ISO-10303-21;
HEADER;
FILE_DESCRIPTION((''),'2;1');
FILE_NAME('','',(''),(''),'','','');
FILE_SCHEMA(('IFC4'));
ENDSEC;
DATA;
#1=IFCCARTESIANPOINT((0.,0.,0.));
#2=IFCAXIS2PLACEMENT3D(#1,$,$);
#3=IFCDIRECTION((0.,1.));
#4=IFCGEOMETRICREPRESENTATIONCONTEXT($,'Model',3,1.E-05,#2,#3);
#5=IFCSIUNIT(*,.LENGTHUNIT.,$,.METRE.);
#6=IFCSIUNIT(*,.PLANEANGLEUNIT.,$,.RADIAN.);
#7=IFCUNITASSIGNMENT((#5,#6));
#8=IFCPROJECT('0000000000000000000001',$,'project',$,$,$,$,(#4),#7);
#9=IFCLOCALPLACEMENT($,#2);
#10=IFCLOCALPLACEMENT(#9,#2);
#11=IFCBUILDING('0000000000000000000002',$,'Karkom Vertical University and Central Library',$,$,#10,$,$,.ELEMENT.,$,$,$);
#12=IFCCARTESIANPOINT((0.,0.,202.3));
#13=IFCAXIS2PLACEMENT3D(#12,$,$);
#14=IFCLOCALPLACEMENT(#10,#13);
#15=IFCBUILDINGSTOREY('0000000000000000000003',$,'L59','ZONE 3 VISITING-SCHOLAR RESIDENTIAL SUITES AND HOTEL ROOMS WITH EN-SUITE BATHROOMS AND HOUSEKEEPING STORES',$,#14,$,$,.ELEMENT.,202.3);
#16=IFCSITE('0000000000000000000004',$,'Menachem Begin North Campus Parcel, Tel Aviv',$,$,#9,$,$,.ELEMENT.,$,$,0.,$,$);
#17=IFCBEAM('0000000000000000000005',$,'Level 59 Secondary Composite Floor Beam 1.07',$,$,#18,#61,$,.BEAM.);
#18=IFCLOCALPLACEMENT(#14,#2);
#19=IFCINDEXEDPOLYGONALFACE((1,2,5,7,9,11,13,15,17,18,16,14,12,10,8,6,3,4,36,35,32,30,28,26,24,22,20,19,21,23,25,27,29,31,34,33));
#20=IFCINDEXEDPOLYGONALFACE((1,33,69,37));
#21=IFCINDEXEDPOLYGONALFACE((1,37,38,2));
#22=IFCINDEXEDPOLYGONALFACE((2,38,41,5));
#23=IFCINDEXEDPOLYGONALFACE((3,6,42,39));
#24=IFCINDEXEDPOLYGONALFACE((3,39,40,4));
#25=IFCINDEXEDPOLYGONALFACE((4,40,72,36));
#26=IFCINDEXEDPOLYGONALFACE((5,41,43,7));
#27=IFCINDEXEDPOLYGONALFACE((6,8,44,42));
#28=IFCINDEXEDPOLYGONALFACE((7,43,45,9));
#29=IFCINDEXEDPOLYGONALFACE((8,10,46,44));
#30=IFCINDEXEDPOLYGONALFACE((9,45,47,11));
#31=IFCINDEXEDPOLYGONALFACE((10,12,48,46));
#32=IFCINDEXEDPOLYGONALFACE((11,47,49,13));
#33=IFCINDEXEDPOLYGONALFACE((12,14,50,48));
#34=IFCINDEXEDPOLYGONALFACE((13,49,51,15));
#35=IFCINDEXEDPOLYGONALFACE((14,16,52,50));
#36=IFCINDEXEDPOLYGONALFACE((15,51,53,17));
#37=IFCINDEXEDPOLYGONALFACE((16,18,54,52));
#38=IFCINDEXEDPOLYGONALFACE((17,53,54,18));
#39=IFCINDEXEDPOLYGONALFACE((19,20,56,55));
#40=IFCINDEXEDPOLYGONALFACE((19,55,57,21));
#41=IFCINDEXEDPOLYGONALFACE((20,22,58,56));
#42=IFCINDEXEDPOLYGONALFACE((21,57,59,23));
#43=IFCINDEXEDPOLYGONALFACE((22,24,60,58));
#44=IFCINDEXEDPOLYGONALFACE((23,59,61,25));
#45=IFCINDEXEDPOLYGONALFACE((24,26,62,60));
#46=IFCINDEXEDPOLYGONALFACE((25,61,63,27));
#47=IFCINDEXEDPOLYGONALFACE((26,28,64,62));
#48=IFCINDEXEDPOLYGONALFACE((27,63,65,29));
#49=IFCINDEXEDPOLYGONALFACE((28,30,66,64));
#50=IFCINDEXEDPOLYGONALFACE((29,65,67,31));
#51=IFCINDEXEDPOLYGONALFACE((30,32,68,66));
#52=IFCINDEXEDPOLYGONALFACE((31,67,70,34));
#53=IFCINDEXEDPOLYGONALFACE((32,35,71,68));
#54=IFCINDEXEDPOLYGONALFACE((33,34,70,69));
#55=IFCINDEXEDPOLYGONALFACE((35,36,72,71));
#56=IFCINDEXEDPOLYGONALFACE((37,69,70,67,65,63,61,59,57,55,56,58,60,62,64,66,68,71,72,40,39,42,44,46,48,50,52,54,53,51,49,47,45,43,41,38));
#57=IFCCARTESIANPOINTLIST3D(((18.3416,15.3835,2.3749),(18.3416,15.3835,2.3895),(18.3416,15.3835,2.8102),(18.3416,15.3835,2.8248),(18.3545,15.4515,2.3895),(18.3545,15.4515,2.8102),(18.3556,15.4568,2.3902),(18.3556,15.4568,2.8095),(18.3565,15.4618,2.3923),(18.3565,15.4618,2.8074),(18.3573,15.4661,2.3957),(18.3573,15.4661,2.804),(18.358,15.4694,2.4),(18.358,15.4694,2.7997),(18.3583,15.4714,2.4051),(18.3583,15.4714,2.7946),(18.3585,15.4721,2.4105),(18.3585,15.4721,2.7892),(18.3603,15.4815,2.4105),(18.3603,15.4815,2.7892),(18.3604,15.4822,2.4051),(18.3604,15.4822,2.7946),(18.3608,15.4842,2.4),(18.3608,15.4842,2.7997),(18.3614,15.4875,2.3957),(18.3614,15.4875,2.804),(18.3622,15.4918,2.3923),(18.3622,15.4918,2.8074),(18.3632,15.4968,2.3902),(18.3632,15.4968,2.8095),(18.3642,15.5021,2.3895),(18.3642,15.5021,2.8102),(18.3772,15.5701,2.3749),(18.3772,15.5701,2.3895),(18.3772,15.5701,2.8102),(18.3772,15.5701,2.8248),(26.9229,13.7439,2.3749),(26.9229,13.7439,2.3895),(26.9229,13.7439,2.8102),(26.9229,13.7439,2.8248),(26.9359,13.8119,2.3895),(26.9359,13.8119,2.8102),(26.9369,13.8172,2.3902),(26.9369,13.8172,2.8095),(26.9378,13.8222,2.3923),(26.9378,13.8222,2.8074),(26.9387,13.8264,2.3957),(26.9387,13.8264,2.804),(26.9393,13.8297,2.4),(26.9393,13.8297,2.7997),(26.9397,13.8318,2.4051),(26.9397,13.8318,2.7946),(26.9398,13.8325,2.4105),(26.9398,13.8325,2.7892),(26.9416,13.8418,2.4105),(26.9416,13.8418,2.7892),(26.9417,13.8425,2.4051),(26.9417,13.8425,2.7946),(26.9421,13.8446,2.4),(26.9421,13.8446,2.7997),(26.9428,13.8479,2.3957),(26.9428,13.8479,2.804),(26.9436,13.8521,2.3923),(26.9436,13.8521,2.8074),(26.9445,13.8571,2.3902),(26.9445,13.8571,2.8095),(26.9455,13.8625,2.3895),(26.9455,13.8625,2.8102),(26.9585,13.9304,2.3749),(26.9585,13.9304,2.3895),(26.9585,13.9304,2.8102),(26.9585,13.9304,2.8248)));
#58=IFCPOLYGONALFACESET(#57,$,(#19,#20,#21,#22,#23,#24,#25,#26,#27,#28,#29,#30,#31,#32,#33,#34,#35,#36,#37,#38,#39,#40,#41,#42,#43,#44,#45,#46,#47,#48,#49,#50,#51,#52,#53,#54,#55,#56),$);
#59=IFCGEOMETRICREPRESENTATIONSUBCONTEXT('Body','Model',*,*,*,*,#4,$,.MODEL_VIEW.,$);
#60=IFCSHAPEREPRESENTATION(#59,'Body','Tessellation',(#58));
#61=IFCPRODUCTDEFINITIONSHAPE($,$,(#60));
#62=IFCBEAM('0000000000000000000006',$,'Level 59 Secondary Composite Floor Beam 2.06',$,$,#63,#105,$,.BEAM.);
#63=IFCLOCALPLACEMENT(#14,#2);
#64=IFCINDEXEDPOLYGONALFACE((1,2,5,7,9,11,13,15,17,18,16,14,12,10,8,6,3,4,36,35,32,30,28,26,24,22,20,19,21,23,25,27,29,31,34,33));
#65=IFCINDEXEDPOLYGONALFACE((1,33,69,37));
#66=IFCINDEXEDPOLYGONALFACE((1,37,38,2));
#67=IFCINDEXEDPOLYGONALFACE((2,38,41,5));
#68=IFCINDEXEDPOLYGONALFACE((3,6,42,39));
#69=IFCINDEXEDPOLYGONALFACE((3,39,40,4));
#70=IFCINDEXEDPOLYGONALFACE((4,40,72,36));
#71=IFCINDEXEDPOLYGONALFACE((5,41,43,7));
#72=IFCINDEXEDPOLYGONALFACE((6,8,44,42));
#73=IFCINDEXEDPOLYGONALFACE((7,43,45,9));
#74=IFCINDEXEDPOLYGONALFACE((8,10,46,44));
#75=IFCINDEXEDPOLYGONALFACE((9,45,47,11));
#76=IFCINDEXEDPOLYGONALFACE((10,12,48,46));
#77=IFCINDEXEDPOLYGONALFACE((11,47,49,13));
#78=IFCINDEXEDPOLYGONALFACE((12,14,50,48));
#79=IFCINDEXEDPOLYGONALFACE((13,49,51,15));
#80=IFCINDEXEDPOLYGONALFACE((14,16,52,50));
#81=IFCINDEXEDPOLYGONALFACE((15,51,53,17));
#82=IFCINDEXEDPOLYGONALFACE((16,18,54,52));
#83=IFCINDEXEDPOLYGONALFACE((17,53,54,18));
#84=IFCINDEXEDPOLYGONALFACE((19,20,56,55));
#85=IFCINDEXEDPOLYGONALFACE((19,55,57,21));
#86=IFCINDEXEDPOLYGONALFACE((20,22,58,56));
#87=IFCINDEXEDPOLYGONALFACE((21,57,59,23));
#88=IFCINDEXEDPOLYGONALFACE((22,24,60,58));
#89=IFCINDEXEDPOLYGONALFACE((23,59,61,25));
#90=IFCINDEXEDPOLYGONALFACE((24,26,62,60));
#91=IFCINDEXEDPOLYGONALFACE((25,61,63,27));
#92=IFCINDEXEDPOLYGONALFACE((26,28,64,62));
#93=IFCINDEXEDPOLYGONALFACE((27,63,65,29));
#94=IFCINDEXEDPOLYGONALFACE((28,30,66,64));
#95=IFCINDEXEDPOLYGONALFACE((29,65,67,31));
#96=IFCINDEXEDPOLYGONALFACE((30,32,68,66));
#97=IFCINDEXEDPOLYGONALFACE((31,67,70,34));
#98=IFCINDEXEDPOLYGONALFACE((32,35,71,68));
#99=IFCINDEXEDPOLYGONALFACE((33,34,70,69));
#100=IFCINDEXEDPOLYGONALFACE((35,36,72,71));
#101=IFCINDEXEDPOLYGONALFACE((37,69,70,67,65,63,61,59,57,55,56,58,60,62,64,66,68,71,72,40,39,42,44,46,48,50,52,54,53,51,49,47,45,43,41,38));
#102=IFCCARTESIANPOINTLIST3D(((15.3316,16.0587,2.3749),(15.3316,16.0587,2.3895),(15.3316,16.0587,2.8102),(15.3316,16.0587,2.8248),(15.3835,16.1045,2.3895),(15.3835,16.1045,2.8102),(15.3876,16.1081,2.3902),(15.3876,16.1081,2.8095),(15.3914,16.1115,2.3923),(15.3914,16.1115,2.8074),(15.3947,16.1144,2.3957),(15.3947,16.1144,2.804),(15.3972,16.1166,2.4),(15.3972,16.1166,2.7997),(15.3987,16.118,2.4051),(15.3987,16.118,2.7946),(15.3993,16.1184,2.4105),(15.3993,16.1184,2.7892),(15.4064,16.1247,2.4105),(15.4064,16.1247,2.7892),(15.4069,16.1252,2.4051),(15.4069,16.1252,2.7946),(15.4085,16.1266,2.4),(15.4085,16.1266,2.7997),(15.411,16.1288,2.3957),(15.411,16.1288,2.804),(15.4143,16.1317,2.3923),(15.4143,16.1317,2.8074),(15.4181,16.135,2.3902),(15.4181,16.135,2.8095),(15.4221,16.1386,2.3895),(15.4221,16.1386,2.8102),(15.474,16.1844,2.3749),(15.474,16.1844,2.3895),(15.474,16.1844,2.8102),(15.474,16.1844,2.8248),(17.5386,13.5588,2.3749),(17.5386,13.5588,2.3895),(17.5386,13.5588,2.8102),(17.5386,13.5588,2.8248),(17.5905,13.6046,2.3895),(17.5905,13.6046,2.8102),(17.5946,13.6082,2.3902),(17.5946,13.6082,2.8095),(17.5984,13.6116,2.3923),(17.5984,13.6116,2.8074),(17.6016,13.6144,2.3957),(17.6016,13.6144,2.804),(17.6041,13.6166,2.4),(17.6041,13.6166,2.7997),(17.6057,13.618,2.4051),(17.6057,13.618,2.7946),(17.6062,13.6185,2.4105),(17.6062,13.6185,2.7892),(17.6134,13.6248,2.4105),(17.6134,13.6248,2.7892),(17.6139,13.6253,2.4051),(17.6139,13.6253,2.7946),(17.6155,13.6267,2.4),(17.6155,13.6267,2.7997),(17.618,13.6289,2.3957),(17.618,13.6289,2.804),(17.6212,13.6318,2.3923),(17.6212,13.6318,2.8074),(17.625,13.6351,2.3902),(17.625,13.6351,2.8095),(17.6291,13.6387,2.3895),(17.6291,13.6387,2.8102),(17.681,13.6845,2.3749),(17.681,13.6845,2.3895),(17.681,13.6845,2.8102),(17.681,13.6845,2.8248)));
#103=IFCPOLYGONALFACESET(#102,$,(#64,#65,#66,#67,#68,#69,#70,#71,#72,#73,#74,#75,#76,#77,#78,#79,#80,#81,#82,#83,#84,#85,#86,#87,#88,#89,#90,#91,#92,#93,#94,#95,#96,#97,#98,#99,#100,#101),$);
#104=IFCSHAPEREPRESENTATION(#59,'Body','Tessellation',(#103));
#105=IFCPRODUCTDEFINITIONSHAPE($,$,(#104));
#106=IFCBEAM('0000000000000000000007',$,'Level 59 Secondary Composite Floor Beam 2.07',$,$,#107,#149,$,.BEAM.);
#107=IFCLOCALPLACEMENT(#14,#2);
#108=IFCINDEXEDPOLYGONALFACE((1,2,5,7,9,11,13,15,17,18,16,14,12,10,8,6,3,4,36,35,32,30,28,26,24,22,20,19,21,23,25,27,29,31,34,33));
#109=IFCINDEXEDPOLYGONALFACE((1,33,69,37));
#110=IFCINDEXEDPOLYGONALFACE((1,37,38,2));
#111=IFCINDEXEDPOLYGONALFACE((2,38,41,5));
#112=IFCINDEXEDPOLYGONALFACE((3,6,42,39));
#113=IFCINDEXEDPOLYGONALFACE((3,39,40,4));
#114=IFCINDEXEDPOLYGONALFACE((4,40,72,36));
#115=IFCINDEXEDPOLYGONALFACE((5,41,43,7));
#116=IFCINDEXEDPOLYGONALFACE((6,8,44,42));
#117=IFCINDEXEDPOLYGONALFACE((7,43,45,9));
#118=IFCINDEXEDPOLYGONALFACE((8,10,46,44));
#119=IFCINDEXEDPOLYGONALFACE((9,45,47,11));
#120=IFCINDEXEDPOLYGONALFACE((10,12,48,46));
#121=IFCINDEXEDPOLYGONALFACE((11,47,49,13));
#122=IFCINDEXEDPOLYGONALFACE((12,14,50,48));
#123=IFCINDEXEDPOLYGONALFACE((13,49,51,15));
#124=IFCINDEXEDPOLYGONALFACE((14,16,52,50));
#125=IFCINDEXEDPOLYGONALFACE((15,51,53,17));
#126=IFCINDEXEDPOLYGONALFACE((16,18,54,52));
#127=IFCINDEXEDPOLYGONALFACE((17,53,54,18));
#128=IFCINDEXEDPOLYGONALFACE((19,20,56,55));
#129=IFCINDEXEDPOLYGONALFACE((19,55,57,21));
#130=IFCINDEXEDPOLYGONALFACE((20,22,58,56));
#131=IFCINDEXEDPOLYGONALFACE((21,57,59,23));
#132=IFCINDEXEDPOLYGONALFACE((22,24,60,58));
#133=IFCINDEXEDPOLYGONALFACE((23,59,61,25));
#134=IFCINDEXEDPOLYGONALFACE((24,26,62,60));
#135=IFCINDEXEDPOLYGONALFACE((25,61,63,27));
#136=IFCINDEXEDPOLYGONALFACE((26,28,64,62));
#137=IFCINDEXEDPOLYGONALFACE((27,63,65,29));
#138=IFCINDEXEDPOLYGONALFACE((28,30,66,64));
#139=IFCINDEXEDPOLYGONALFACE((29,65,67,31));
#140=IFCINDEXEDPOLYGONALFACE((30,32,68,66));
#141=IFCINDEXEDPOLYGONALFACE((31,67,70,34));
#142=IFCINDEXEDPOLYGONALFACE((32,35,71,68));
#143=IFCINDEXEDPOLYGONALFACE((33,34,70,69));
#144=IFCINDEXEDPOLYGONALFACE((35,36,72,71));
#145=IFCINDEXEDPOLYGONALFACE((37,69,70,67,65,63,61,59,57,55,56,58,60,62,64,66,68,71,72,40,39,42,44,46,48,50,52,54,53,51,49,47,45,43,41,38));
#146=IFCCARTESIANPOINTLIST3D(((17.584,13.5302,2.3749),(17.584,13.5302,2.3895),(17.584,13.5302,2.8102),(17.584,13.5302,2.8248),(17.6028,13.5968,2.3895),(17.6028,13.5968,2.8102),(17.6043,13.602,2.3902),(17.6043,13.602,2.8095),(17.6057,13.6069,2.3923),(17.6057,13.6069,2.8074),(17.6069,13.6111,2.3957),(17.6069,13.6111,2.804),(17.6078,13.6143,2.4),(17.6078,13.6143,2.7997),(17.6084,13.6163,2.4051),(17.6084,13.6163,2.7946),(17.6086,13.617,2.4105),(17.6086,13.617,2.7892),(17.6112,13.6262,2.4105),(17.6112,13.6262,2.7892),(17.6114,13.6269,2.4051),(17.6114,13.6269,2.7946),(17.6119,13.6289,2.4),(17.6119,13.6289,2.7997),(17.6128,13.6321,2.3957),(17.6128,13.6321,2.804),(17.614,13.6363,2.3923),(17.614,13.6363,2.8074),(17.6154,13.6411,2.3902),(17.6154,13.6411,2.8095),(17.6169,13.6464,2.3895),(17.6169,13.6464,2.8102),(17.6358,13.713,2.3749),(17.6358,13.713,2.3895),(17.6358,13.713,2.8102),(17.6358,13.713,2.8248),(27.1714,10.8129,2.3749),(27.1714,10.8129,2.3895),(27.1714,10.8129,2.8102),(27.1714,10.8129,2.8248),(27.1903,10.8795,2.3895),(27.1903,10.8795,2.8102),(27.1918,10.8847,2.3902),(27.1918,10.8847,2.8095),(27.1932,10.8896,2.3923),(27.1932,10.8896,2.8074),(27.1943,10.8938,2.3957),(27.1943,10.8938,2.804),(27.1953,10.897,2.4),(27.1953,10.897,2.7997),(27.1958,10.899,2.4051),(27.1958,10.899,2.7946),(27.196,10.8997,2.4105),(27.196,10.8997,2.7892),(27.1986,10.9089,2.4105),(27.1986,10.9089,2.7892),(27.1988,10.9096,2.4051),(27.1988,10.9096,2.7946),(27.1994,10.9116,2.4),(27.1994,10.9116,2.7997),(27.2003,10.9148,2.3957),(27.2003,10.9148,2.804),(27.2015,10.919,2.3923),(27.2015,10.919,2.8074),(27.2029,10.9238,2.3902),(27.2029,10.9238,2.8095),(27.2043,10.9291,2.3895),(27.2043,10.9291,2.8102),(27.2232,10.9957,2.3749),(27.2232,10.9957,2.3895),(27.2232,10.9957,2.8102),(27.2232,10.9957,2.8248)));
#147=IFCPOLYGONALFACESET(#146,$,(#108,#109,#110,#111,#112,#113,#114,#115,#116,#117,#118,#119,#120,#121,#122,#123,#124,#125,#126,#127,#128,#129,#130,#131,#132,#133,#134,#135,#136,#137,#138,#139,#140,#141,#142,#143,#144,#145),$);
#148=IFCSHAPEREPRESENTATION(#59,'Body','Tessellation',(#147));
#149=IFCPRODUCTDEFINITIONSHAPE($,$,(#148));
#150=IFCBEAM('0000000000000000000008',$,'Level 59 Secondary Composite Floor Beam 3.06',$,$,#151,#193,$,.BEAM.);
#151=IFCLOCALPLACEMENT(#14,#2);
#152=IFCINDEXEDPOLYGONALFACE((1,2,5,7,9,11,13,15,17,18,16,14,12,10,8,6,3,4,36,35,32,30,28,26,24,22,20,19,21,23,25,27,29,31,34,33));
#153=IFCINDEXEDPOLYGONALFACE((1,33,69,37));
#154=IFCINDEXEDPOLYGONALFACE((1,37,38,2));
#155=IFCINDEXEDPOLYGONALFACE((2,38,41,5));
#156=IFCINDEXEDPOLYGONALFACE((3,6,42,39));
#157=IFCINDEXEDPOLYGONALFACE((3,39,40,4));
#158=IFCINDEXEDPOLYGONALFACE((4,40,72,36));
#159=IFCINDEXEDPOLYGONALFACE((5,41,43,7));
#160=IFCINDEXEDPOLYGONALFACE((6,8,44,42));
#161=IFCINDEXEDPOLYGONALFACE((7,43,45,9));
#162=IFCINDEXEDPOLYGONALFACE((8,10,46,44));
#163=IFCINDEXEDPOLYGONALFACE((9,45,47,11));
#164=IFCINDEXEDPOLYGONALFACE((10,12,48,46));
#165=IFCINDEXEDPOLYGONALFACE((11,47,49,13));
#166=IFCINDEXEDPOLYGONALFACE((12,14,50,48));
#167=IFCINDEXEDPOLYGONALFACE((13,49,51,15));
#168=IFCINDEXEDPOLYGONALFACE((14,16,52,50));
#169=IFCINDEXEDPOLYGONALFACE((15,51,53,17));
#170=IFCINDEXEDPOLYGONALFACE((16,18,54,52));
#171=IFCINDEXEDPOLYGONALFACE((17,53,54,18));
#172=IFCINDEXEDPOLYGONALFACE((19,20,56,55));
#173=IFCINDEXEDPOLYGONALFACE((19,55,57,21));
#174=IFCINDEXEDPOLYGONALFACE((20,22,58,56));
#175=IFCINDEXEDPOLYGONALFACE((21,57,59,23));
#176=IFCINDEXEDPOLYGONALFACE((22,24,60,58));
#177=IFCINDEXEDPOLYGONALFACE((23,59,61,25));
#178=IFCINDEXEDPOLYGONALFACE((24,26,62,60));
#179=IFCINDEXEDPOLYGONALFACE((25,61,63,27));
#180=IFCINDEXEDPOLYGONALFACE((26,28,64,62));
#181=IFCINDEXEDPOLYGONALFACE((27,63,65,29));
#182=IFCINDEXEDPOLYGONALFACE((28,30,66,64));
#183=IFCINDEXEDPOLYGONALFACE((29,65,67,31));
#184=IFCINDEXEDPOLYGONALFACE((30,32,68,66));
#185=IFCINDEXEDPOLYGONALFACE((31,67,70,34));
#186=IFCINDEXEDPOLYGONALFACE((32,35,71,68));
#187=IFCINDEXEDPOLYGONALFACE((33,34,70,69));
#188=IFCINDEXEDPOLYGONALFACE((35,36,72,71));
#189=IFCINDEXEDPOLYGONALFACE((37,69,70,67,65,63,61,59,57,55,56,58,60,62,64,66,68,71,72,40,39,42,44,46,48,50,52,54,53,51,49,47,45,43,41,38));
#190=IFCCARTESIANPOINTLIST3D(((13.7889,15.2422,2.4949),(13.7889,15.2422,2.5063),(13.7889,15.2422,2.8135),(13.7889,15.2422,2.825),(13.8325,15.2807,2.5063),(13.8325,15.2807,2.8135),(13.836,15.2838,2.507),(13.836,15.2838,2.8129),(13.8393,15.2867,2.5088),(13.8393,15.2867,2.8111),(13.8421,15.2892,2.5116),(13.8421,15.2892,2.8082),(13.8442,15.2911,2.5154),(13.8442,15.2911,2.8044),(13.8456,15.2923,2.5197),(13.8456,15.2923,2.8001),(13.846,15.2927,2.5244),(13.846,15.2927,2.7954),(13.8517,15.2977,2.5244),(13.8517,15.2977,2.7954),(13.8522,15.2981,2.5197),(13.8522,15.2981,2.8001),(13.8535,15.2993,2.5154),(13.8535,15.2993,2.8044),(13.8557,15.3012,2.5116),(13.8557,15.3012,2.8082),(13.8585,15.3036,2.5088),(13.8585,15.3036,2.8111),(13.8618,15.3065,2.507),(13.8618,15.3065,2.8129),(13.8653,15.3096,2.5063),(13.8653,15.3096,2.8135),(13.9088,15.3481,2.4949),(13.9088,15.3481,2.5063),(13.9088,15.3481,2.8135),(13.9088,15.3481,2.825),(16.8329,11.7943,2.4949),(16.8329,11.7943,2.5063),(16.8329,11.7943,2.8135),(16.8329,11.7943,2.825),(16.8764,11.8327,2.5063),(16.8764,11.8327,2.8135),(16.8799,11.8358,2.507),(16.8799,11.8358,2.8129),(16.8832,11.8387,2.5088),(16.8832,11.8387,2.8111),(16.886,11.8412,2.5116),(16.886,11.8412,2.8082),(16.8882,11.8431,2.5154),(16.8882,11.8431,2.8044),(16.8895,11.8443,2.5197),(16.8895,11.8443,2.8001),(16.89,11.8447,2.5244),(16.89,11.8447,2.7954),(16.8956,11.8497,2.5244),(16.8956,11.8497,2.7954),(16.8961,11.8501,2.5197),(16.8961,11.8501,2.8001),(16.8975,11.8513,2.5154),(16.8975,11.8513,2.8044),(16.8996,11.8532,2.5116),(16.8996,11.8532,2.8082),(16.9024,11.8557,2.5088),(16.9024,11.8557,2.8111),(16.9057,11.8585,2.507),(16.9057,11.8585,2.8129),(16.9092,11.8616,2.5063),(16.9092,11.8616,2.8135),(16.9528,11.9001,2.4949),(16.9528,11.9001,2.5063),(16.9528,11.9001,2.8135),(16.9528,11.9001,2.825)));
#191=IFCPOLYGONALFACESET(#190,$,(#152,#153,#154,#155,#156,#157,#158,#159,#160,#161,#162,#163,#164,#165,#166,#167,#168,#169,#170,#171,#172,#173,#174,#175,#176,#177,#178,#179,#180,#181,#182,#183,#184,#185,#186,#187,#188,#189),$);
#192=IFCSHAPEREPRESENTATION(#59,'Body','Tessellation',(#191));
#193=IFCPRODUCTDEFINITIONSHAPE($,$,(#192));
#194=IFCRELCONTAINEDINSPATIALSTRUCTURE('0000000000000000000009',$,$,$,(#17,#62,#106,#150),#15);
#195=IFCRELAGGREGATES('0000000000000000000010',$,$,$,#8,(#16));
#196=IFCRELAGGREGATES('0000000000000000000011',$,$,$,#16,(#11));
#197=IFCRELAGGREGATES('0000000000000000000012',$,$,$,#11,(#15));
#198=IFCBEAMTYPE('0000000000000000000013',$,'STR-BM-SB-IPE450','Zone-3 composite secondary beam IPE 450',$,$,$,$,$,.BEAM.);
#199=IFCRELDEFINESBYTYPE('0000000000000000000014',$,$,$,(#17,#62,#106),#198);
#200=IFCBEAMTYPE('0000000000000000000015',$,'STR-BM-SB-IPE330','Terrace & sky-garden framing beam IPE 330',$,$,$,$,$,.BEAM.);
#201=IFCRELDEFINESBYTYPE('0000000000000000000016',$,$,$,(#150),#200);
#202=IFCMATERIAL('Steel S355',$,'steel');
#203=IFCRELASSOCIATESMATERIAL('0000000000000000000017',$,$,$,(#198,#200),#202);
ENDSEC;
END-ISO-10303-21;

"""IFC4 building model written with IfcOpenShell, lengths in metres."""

from ifc_helpers import new_model, si_unit, direction, frame, origin, origin_with_axes, origin_2d, place, context, subcontext, project, spatial, i_section, extrude, source, transform, mapped, material, material_profile, profile_set, type_object, element, save


model = new_model("IFC4")

# Units and contexts
model_context = context("Model", 3, precision=1e-05, world=origin(), true_north=direction((0.0, 1.0)))
body_context = subcontext(model_context, "Body", "Model", "MODEL_VIEW")
ifc_project = project(units=[si_unit("LENGTHUNIT", "METRE"), si_unit("PLANEANGLEUNIT", "RADIAN")], contexts=[model_context])

# Site, building, storey
site_placement = place(None, origin())
site = spatial("IfcSite", under=ifc_project, at=site_placement, Name="Menachem Begin North Campus Parcel, Tel Aviv", CompositionType="ELEMENT", RefElevation=0.0)
building_placement = place(site_placement, origin())
building = spatial("IfcBuilding", under=site, at=building_placement, Name="Karkom Vertical University and Central Library", CompositionType="ELEMENT")
storey_placement = place(building_placement, frame((0.0, 0.0, 202.3)))
storey = spatial("IfcBuildingStorey", under=building, at=storey_placement, Name="L59", Description="ZONE 3 VISITING-SCHOLAR RESIDENTIAL SUITES AND HOTEL ROOMS WITH EN-SUITE BATHROOMS AND HOUSEKEEPING STORES", CompositionType="ELEMENT", Elevation=202.3)

# Beams
ifc_material_1 = material(Name="Steel S355", Category="steel")
ifc_material_profile_1 = material_profile(ifc_material_1, i_section(OverallWidth=0.1899, OverallDepth=0.45, WebThickness=0.0095, FlangeThickness=0.0146, FilletRadius=0.021, at=origin_2d()), Name="IPE 450")
ifc_profile_set_1 = profile_set([ifc_material_profile_1], Name="Steel S355")
beam_type_1 = type_object("IfcBeamType", Name="STR-BM-SB-IPE450", Description="Zone-3 composite secondary beam IPE 450", PredefinedType="BEAM", material=ifc_profile_set_1)
shared_shape_1 = source(origin_with_axes(), body_context, "Body", "SweptSolid", [
    extrude(i_section(OverallWidth=0.1899, OverallDepth=0.45, WebThickness=0.0095, FlangeThickness=0.0146, FilletRadius=0.021, at=origin_2d()), origin(), (0.0, 0.0, 1.0), 8.7366),
])
beam_1_placement = place(storey_placement, frame((18.3594, 15.4768, 2.5999), z_axis=(0.982231, -0.187677, 0.0), x_axis=(0.187677, 0.982231, 0.0)))
element("IfcBeam", 1, at=beam_1_placement, inside=storey, type_object=beam_type_1, Name="Level 59 Secondary Composite Floor Beam 1.07", PredefinedType="BEAM", context=body_context, shape_type="MappedRepresentation", body=[
    mapped(shared_shape_1, transform((0.0, 0.0, 0.0), scale=1.0)),
])
shared_shape_2 = source(origin_with_axes(), body_context, "Body", "SweptSolid", [
    extrude(i_section(OverallWidth=0.1899, OverallDepth=0.45, WebThickness=0.0095, FlangeThickness=0.0146, FilletRadius=0.021, at=origin_2d()), origin(), (0.0, 0.0, 1.0), 3.3347),
])
beam_2_placement = place(storey_placement, frame((15.4028, 16.1216, 2.5999), z_axis=(0.661815, -0.749667, 0.0), x_axis=(0.749667, 0.661815, 0.0)))
element("IfcBeam", 2, at=beam_2_placement, inside=storey, type_object=beam_type_1, Name="Level 59 Secondary Composite Floor Beam 2.06", PredefinedType="BEAM", context=body_context, shape_type="MappedRepresentation", body=[
    mapped(shared_shape_2, transform((0.0, 0.0, 0.0), scale=1.0)),
])
shared_shape_3 = source(origin_with_axes(), body_context, "Body", "SweptSolid", [
    extrude(i_section(OverallWidth=0.1899, OverallDepth=0.45, WebThickness=0.0095, FlangeThickness=0.0146, FilletRadius=0.021, at=origin_2d()), origin(), (0.0, 0.0, 1.0), 9.9651),
])
beam_3_placement = place(storey_placement, frame((17.6099, 13.6216, 2.5999), z_axis=(0.962104, -0.272682, 0.0), x_axis=(0.272682, 0.962104, 0.0)))
element("IfcBeam", 3, at=beam_3_placement, inside=storey, type_object=beam_type_1, Name="Level 59 Secondary Composite Floor Beam 2.07", PredefinedType="BEAM", context=body_context, shape_type="MappedRepresentation", body=[
    mapped(shared_shape_3, transform((0.0, 0.0, 0.0), scale=1.0)),
])
ifc_material_profile_2 = material_profile(ifc_material_1, i_section(OverallWidth=0.1599, OverallDepth=0.3301, WebThickness=0.0076, FlangeThickness=0.0115, FilletRadius=0.0181, at=origin_2d()), Name="IPE 330")
ifc_profile_set_2 = profile_set([ifc_material_profile_2], Name="Steel S355")
beam_type_2 = type_object("IfcBeamType", Name="STR-BM-SB-IPE330", Description="Terrace & sky-garden framing beam IPE 330", PredefinedType="BEAM", material=ifc_profile_set_2)
shared_shape_4 = source(origin_with_axes(), body_context, "Body", "SweptSolid", [
    extrude(i_section(OverallWidth=0.1599, OverallDepth=0.3301, WebThickness=0.0076, FlangeThickness=0.0115, FilletRadius=0.0181, at=origin_2d()), origin(), (0.0, 0.0, 1.0), 4.5994),
])
beam_4_placement = place(storey_placement, frame((13.8489, 15.2952, 2.6599), z_axis=(0.661816, -0.749666, 0.0), x_axis=(0.749666, 0.661816, 0.0)))
element("IfcBeam", 4, at=beam_4_placement, inside=storey, type_object=beam_type_2, Name="Level 59 Secondary Composite Floor Beam 3.06", PredefinedType="BEAM", context=body_context, shape_type="MappedRepresentation", body=[
    mapped(shared_shape_4, transform((0.0, 0.0, 0.0), scale=1.0)),
])

save(model, "model.ifc")
